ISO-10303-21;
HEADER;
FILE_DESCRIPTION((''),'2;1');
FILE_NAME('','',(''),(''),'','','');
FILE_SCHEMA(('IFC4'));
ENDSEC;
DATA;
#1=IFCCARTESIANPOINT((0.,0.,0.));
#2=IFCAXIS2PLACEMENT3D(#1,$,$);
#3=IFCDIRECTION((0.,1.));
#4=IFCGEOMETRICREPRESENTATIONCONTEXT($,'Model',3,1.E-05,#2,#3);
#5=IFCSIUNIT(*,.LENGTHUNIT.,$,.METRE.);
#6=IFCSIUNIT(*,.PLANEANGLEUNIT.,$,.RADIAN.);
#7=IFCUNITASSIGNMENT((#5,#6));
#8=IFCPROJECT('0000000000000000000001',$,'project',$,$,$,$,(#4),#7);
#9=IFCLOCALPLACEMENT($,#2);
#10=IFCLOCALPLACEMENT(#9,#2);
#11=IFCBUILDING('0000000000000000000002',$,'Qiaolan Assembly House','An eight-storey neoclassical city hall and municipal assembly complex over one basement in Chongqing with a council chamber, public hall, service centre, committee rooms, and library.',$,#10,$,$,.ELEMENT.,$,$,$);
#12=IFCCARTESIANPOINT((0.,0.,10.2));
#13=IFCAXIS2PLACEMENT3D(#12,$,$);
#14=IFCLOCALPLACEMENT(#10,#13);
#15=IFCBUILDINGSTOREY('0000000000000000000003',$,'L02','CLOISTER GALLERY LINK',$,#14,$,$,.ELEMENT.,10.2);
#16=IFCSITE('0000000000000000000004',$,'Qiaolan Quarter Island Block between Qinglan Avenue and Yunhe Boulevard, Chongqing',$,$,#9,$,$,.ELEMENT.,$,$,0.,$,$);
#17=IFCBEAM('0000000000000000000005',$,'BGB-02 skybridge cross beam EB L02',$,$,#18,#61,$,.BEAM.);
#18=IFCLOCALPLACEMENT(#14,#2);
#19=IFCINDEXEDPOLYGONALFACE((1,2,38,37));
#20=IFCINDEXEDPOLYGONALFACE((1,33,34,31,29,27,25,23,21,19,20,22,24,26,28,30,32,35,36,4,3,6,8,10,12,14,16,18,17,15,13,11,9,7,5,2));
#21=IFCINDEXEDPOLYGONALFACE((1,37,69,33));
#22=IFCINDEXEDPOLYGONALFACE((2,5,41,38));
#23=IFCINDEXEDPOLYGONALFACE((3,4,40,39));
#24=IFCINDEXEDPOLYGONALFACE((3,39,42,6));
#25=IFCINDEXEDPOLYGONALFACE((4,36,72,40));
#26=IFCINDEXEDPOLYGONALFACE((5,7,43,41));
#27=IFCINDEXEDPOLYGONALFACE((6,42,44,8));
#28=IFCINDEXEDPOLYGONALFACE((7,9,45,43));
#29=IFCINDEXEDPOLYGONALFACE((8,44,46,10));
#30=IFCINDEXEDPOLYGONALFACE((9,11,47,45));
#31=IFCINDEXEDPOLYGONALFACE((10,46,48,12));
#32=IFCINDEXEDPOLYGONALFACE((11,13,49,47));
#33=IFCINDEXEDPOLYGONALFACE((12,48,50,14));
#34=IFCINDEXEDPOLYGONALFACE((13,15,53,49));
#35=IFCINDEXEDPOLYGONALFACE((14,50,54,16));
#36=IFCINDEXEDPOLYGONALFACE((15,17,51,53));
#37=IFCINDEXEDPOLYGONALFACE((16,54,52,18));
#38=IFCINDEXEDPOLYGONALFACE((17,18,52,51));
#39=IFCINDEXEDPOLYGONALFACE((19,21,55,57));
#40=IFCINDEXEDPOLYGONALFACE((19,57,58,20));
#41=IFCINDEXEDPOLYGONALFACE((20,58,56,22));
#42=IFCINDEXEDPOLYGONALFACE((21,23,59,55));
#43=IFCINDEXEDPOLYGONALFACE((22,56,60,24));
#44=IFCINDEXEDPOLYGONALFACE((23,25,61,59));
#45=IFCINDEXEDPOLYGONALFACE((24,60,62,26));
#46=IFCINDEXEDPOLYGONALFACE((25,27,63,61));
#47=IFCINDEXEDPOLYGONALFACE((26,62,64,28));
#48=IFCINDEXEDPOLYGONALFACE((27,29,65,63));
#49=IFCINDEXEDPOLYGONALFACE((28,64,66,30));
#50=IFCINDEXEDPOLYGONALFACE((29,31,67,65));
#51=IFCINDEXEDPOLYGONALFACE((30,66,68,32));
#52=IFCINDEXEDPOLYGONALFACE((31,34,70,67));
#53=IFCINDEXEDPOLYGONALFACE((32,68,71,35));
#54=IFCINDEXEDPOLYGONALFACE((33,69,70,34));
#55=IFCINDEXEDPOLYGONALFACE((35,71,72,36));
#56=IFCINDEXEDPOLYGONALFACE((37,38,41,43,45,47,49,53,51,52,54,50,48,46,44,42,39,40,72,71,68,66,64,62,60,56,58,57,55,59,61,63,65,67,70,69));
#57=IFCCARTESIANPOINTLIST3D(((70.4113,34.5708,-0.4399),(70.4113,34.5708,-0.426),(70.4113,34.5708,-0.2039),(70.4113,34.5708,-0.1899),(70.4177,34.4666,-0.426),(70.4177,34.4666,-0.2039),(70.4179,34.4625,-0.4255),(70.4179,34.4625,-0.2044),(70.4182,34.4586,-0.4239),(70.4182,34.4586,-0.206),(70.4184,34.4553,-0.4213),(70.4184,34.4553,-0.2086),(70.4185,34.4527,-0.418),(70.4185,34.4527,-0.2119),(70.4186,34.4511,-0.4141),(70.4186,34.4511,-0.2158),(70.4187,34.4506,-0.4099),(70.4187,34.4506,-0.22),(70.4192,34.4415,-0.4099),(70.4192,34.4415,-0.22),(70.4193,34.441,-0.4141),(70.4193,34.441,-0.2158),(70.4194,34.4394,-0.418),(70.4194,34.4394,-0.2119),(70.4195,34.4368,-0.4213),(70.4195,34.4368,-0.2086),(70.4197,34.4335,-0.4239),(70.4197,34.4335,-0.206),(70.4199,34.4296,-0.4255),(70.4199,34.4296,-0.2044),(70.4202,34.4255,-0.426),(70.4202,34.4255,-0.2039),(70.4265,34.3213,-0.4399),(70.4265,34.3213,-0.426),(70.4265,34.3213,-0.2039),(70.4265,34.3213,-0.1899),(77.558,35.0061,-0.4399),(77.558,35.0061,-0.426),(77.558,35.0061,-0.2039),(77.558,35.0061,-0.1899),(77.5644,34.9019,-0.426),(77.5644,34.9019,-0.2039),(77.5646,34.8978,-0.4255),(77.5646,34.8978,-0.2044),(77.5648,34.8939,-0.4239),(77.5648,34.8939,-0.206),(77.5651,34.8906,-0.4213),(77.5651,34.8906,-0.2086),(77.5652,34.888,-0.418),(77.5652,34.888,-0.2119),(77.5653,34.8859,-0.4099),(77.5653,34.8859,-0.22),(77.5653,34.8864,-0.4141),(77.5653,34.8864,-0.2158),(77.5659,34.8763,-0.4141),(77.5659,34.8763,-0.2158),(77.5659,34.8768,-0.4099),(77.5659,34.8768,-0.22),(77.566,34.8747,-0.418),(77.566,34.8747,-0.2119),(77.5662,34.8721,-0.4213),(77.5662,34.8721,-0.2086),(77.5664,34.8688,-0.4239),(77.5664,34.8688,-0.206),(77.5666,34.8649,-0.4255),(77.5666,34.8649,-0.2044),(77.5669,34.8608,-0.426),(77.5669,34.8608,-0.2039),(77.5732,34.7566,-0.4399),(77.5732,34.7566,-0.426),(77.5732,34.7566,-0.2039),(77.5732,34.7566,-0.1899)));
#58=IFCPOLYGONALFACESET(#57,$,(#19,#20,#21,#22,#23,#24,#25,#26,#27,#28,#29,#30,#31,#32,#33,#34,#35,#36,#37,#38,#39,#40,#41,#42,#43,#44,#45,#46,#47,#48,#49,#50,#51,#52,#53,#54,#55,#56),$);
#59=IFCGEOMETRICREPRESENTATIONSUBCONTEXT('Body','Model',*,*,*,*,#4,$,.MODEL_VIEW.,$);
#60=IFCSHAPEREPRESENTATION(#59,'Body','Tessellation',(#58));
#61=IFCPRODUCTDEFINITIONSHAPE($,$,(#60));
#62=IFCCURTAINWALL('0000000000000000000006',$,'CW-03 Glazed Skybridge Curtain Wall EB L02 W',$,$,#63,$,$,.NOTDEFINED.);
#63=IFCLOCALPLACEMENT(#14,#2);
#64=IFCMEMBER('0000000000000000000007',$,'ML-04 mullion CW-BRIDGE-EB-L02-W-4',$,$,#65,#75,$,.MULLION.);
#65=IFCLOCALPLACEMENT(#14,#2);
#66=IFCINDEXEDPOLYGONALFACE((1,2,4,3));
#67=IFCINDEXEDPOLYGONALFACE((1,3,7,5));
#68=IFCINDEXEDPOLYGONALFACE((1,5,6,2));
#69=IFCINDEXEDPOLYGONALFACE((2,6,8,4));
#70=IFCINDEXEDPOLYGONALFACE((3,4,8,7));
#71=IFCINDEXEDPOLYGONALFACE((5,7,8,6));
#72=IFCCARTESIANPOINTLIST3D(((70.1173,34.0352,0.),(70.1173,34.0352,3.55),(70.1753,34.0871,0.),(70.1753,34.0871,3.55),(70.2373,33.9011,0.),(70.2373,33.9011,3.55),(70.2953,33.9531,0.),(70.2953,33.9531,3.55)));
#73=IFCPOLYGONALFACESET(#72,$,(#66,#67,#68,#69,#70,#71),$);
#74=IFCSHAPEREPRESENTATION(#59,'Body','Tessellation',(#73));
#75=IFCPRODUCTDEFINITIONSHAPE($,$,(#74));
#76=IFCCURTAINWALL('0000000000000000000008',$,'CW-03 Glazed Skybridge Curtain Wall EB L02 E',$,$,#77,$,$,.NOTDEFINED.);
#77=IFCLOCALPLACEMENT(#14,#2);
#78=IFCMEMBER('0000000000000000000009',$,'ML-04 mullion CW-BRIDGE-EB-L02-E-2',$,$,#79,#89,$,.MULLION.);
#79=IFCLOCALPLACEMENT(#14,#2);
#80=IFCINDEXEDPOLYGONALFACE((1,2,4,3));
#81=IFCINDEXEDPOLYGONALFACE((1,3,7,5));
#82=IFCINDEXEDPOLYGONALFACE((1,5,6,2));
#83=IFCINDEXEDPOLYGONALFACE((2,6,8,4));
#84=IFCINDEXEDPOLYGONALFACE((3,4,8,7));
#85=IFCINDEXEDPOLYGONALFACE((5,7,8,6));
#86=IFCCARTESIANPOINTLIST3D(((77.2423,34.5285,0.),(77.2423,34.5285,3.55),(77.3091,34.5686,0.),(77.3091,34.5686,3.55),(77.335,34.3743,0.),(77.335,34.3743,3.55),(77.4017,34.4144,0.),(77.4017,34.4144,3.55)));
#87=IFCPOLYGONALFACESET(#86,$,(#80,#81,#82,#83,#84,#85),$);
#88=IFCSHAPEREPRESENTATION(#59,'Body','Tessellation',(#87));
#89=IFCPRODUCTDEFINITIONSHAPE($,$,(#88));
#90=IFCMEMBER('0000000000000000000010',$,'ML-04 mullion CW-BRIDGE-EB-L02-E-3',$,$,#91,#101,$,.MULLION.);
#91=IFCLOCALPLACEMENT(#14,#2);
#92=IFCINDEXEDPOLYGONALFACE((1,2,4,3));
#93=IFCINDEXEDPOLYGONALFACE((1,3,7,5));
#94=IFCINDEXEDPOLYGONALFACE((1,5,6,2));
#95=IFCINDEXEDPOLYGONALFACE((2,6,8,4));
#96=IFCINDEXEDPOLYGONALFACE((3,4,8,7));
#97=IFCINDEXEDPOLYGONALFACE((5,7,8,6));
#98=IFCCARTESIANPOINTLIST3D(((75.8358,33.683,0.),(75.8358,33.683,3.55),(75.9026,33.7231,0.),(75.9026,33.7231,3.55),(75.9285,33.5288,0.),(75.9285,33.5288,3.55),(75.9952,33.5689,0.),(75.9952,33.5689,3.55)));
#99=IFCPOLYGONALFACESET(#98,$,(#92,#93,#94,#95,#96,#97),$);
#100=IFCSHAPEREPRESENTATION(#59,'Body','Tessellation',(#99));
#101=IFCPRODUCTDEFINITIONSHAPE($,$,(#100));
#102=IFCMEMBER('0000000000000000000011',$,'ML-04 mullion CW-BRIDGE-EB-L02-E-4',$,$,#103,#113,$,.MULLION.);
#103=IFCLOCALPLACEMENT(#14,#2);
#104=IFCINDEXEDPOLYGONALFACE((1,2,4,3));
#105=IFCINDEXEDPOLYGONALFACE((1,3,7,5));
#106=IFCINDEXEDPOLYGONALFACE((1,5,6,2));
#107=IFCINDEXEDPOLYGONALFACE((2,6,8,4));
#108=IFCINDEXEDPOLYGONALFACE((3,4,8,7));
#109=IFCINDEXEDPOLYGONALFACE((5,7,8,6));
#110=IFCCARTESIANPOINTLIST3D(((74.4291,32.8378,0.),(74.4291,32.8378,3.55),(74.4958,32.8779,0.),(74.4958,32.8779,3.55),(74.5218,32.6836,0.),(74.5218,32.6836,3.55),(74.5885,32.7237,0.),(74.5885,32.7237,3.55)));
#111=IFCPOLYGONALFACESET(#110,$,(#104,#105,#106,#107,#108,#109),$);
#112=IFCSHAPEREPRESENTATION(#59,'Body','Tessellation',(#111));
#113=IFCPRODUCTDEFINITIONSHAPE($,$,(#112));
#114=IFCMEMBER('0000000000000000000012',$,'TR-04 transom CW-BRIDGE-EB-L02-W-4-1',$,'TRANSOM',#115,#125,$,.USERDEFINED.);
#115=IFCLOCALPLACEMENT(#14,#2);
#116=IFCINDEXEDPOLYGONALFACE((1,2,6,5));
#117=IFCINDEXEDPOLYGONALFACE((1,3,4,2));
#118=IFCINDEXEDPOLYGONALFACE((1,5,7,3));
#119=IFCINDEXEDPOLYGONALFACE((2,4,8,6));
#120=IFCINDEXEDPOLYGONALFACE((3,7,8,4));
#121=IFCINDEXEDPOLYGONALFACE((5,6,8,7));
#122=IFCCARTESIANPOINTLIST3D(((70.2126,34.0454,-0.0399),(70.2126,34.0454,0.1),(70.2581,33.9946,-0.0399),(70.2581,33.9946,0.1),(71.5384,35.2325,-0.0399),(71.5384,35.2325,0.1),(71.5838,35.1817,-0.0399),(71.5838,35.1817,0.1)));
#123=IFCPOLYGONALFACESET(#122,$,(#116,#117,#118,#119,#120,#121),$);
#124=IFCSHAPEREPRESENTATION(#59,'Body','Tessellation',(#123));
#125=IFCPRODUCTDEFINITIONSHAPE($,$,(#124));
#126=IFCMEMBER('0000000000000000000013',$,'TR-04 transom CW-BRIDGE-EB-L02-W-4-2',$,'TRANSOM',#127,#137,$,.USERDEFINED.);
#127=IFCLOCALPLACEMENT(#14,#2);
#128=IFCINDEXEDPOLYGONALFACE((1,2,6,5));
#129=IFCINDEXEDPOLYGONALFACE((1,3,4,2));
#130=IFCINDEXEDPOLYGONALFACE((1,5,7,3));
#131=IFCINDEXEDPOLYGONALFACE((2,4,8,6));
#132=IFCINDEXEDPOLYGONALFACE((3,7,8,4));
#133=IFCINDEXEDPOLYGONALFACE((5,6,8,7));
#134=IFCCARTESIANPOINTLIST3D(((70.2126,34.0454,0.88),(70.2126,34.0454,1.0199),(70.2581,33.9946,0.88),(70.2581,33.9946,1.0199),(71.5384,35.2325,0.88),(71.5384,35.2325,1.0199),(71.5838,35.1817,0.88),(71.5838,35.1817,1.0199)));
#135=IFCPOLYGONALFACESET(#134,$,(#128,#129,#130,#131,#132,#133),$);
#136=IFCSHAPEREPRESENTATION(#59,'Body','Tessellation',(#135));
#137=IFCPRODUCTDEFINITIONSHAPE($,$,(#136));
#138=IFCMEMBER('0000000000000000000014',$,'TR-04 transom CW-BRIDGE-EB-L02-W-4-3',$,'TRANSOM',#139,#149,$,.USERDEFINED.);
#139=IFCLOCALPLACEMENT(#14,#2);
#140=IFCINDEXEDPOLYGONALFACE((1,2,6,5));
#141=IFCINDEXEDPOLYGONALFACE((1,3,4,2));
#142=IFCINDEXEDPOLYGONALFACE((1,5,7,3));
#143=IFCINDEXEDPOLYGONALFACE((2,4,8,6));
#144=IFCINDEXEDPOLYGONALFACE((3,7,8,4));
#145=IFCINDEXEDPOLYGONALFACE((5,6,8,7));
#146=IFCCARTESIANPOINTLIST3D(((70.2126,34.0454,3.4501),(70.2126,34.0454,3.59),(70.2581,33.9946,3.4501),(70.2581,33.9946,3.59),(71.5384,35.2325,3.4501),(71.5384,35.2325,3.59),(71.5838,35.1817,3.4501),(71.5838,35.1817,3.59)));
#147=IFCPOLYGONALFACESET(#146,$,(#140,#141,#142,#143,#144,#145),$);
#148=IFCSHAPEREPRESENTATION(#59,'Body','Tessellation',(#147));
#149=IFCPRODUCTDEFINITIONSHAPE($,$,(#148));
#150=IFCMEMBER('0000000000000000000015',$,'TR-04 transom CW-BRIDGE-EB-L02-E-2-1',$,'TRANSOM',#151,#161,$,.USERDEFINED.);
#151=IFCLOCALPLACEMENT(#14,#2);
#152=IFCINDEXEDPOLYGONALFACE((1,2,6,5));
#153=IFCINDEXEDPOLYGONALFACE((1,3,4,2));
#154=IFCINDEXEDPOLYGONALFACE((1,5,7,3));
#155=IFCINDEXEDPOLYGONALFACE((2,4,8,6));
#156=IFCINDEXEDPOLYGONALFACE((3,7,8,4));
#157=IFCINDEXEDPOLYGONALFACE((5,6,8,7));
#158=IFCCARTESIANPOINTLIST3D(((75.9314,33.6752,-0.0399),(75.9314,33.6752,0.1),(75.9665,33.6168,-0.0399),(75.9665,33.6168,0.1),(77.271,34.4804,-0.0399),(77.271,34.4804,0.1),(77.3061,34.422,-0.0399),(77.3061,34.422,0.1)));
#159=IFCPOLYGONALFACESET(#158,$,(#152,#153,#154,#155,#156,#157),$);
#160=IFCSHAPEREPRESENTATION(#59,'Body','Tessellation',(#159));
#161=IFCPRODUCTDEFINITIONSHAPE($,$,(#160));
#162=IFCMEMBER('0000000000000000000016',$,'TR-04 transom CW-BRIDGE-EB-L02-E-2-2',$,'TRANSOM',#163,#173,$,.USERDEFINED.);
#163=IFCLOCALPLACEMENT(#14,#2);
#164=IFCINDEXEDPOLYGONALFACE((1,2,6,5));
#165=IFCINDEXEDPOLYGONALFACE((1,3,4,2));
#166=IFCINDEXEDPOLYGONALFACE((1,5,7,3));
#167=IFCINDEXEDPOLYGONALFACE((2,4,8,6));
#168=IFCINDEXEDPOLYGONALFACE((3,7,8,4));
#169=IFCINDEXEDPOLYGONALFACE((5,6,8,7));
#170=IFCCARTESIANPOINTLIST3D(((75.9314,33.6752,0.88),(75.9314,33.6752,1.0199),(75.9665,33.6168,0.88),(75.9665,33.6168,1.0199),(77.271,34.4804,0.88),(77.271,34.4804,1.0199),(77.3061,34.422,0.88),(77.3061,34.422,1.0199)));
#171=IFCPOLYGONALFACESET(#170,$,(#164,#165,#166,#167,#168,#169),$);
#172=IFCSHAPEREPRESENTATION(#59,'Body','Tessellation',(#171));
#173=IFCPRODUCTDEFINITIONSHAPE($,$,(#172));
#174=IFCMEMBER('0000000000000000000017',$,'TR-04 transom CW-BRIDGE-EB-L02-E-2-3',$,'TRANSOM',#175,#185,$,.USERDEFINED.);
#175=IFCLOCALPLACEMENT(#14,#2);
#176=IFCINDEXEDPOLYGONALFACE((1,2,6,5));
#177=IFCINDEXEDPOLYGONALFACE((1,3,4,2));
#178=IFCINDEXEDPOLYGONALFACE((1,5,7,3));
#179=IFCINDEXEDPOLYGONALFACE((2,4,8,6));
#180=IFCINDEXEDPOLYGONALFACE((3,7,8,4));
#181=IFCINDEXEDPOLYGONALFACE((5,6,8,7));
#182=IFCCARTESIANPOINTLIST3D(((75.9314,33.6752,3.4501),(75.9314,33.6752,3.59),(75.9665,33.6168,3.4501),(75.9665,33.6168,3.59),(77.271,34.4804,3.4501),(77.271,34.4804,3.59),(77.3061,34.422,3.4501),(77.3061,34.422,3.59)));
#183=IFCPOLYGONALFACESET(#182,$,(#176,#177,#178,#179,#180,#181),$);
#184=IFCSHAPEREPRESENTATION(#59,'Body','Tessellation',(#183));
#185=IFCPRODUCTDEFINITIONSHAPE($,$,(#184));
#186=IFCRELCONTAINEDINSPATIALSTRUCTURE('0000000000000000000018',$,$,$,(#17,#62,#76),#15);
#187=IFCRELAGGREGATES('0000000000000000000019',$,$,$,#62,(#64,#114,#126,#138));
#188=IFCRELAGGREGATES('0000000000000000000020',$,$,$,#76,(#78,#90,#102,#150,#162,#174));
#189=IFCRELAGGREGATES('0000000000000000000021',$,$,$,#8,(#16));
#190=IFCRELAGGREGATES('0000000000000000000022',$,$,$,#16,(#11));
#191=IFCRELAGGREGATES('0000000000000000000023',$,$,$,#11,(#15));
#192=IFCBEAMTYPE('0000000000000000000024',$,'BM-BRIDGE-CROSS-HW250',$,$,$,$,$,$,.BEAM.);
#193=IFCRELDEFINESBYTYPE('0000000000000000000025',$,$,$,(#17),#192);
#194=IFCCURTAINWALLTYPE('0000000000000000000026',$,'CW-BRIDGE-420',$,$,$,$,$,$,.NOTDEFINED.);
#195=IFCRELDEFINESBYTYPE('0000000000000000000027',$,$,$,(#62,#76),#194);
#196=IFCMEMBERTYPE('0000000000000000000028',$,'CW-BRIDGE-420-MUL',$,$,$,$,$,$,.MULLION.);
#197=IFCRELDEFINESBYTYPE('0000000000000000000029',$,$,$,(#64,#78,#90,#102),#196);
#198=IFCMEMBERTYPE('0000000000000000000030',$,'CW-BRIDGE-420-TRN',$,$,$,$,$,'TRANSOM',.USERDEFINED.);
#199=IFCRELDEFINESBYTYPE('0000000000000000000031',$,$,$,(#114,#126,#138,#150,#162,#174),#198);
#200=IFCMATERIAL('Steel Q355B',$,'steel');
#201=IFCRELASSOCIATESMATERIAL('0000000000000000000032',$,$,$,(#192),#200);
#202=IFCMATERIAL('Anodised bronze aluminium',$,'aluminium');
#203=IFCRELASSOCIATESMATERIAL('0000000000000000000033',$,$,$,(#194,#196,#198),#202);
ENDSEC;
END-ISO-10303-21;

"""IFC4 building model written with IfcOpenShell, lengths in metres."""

from ifc_helpers import new_model, si_unit, direction, frame, origin, origin_2d, place, context, subcontext, project, spatial, rectangle, i_section, extrude, material, material_profile, profile_set, type_object, element, aggregate, save


model = new_model("IFC4")

# Units and contexts
model_context = context("Model", 3, precision=1e-05, world=origin(), true_north=direction((0.0, 1.0)))
body_context = subcontext(model_context, "Body", "Model", "MODEL_VIEW")
ifc_project = project(units=[si_unit("LENGTHUNIT", "METRE"), si_unit("PLANEANGLEUNIT", "RADIAN")], contexts=[model_context])

# Site, building, storey
site_placement = place(None, origin())
site = spatial("IfcSite", under=ifc_project, at=site_placement, Name="Qiaolan Quarter Island Block between Qinglan Avenue and Yunhe Boulevard, Chongqing", CompositionType="ELEMENT", RefElevation=0.0)
building_placement = place(site_placement, origin())
building = spatial("IfcBuilding", under=site, at=building_placement, Name="Qiaolan Assembly House", Description="An eight-storey neoclassical city hall and municipal assembly complex over one basement in Chongqing with a council chamber, public hall, service centre, committee rooms, and library.", CompositionType="ELEMENT")
storey_placement = place(building_placement, frame((0.0, 0.0, 10.2)))
storey = spatial("IfcBuildingStorey", under=building, at=storey_placement, Name="L02", Description="CLOISTER GALLERY LINK", CompositionType="ELEMENT", Elevation=10.2)

# Beam
ifc_material_1 = material(Name="Steel Q355B", Category="steel")
ifc_material_profile_1 = material_profile(ifc_material_1, i_section(OverallWidth=0.25, OverallDepth=0.25, WebThickness=0.009, FlangeThickness=0.0139, FilletRadius=0.0161, at=origin_2d()), Name="HW 250x250x9x14")
ifc_profile_set_1 = profile_set([ifc_material_profile_1], Name="Steel Q355B")
beam_type = type_object("IfcBeamType", Name="BM-BRIDGE-CROSS-HW250", PredefinedType="BEAM", material=ifc_profile_set_1)
beam_placement = place(storey_placement, frame((70.4189, 34.446, -0.3149), z_axis=(0.99815, 0.060797, 0.0), x_axis=(-0.060797, 0.99815, 0.0)))
element("IfcBeam", 1, at=beam_placement, inside=storey, type_object=beam_type, Name="BGB-02 skybridge cross beam EB L02", PredefinedType="BEAM", context=body_context, shape_type="SweptSolid", body=[
    extrude(i_section(OverallWidth=0.25, OverallDepth=0.25, WebThickness=0.009, FlangeThickness=0.0139, FilletRadius=0.0161, at=origin_2d()), origin(), (0.0, 0.0, 1.0), 7.1599),
])

# Curtain wall, member
ifc_material_2 = material(Name="Anodised bronze aluminium", Category="aluminium")
curtain_wall_type = type_object("IfcCurtainWallType", Name="CW-BRIDGE-420", PredefinedType="NOTDEFINED", material=ifc_material_2)
curtain_wall_1_placement = place(storey_placement, origin())
curtain_wall_1 = element("IfcCurtainWall", 2, at=curtain_wall_1_placement, inside=storey, type_object=curtain_wall_type, Name="CW-03 Glazed Skybridge Curtain Wall EB L02 W", PredefinedType="NOTDEFINED")
ifc_material_profile_2 = material_profile(ifc_material_2, rectangle(XDim=0.0779, YDim=0.1799, at=origin_2d()), Name="MUL 78x180")
ifc_profile_set_2 = profile_set([ifc_material_profile_2], Name="Anodised bronze aluminium")
member_type_1 = type_object("IfcMemberType", Name="CW-BRIDGE-420-MUL", PredefinedType="MULLION", material=ifc_profile_set_2)
member_1_placement = place(storey_placement, frame((70.2063, 33.9941, 0.0), z_axis=(0.0, 0.0, 1.0), x_axis=(0.745038, 0.667022, 0.0)))
member_1 = element("IfcMember", 3, at=member_1_placement, type_object=member_type_1, Name="ML-04 mullion CW-BRIDGE-EB-L02-W-4", PredefinedType="MULLION", context=body_context, shape_type="SweptSolid", body=[
    extrude(rectangle(XDim=0.0779, YDim=0.1799, at=origin_2d()), origin(), (0.0, 0.0, 1.0), 3.55),
])

# Curtain wall, members
curtain_wall_2_placement = place(storey_placement, origin())
curtain_wall_2 = element("IfcCurtainWall", 4, at=curtain_wall_2_placement, inside=storey, type_object=curtain_wall_type, Name="CW-03 Glazed Skybridge Curtain Wall EB L02 E", PredefinedType="NOTDEFINED")
member_2_placement = place(storey_placement, frame((77.322, 34.4714, 0.0), z_axis=(0.0, 0.0, 1.0), x_axis=(-0.85712, -0.515117, 0.0)))
member_2 = element("IfcMember", 5, at=member_2_placement, type_object=member_type_1, Name="ML-04 mullion CW-BRIDGE-EB-L02-E-2", PredefinedType="MULLION", context=body_context, shape_type="SweptSolid", body=[
    extrude(rectangle(XDim=0.0779, YDim=0.1799, at=origin_2d()), origin(), (0.0, 0.0, 1.0), 3.55),
])
member_3_placement = place(storey_placement, frame((75.9155, 33.626, 0.0), z_axis=(0.0, 0.0, 1.0), x_axis=(-0.85712, -0.515117, 0.0)))
member_3 = element("IfcMember", 6, at=member_3_placement, type_object=member_type_1, Name="ML-04 mullion CW-BRIDGE-EB-L02-E-3", PredefinedType="MULLION", context=body_context, shape_type="SweptSolid", body=[
    extrude(rectangle(XDim=0.0779, YDim=0.1799, at=origin_2d()), origin(), (0.0, 0.0, 1.0), 3.55),
])
member_4_placement = place(storey_placement, frame((74.5088, 32.7808, 0.0), z_axis=(0.0, 0.0, 1.0), x_axis=(-0.85712, -0.515117, 0.0)))
member_4 = element("IfcMember", 7, at=member_4_placement, type_object=member_type_1, Name="ML-04 mullion CW-BRIDGE-EB-L02-E-4", PredefinedType="MULLION", context=body_context, shape_type="SweptSolid", body=[
    extrude(rectangle(XDim=0.0779, YDim=0.1799, at=origin_2d()), origin(), (0.0, 0.0, 1.0), 3.55),
])

# Members
ifc_material_profile_3 = material_profile(ifc_material_2, rectangle(XDim=0.0681, YDim=0.1399, at=origin_2d()), Name="TRN 68x140")
ifc_profile_set_3 = profile_set([ifc_material_profile_3], Name="Anodised bronze aluminium")
member_type_2 = type_object("IfcMemberType", Name="CW-BRIDGE-420-TRN", ElementType="TRANSOM", PredefinedType="USERDEFINED", material=ifc_profile_set_3)
member_5_placement = place(storey_placement, frame((70.2354, 34.02, 0.03), z_axis=(0.744997, 0.667068, 0.0), x_axis=(-0.667068, 0.744997, 0.0)))
member_5 = element("IfcMember", 8, at=member_5_placement, type_object=member_type_2, Name="TR-04 transom CW-BRIDGE-EB-L02-W-4-1", ObjectType="TRANSOM", PredefinedType="USERDEFINED", context=body_context, shape_type="SweptSolid", body=[
    extrude(rectangle(XDim=0.0681, YDim=0.1399, at=origin_2d()), origin(), (0.0, 0.0, 1.0), 1.7795),
])
member_6_placement = place(storey_placement, frame((70.2354, 34.02, 0.95), z_axis=(0.744997, 0.667068, 0.0), x_axis=(-0.667068, 0.744997, 0.0)))
member_6 = element("IfcMember", 9, at=member_6_placement, type_object=member_type_2, Name="TR-04 transom CW-BRIDGE-EB-L02-W-4-2", ObjectType="TRANSOM", PredefinedType="USERDEFINED", context=body_context, shape_type="SweptSolid", body=[
    extrude(rectangle(XDim=0.0681, YDim=0.1399, at=origin_2d()), origin(), (0.0, 0.0, 1.0), 1.7795),
])
member_7_placement = place(storey_placement, frame((70.2354, 34.02, 3.52), z_axis=(0.744997, 0.667068, 0.0), x_axis=(-0.667068, 0.744997, 0.0)))
member_7 = element("IfcMember", 10, at=member_7_placement, type_object=member_type_2, Name="TR-04 transom CW-BRIDGE-EB-L02-W-4-3", ObjectType="TRANSOM", PredefinedType="USERDEFINED", context=body_context, shape_type="SweptSolid", body=[
    extrude(rectangle(XDim=0.0681, YDim=0.1399, at=origin_2d()), origin(), (0.0, 0.0, 1.0), 1.7795),
])
member_8_placement = place(storey_placement, frame((77.2886, 34.4512, 0.03), z_axis=(-0.857093, -0.515162, 0.0), x_axis=(0.515162, -0.857093, 0.0)))
member_8 = element("IfcMember", 11, at=member_8_placement, type_object=member_type_2, Name="TR-04 transom CW-BRIDGE-EB-L02-E-2-1", ObjectType="TRANSOM", PredefinedType="USERDEFINED", context=body_context, shape_type="SweptSolid", body=[
    extrude(rectangle(XDim=0.0681, YDim=0.1399, at=origin_2d()), origin(), (0.0, 0.0, 1.0), 1.563),
])
member_9_placement = place(storey_placement, frame((77.2886, 34.4512, 0.95), z_axis=(-0.857093, -0.515162, 0.0), x_axis=(0.515162, -0.857093, 0.0)))
member_9 = element("IfcMember", 12, at=member_9_placement, type_object=member_type_2, Name="TR-04 transom CW-BRIDGE-EB-L02-E-2-2", ObjectType="TRANSOM", PredefinedType="USERDEFINED", context=body_context, shape_type="SweptSolid", body=[
    extrude(rectangle(XDim=0.0681, YDim=0.1399, at=origin_2d()), origin(), (0.0, 0.0, 1.0), 1.563),
])
member_10_placement = place(storey_placement, frame((77.2886, 34.4512, 3.52), z_axis=(-0.857093, -0.515162, 0.0), x_axis=(0.515162, -0.857093, 0.0)))
member_10 = element("IfcMember", 13, at=member_10_placement, type_object=member_type_2, Name="TR-04 transom CW-BRIDGE-EB-L02-E-2-3", ObjectType="TRANSOM", PredefinedType="USERDEFINED", context=body_context, shape_type="SweptSolid", body=[
    extrude(rectangle(XDim=0.0681, YDim=0.1399, at=origin_2d()), origin(), (0.0, 0.0, 1.0), 1.563),
])

aggregate(curtain_wall_1, [member_1, member_5, member_6, member_7])
aggregate(curtain_wall_2, [member_2, member_3, member_4, member_8, member_9, member_10])

save(model, "model.ifc")
